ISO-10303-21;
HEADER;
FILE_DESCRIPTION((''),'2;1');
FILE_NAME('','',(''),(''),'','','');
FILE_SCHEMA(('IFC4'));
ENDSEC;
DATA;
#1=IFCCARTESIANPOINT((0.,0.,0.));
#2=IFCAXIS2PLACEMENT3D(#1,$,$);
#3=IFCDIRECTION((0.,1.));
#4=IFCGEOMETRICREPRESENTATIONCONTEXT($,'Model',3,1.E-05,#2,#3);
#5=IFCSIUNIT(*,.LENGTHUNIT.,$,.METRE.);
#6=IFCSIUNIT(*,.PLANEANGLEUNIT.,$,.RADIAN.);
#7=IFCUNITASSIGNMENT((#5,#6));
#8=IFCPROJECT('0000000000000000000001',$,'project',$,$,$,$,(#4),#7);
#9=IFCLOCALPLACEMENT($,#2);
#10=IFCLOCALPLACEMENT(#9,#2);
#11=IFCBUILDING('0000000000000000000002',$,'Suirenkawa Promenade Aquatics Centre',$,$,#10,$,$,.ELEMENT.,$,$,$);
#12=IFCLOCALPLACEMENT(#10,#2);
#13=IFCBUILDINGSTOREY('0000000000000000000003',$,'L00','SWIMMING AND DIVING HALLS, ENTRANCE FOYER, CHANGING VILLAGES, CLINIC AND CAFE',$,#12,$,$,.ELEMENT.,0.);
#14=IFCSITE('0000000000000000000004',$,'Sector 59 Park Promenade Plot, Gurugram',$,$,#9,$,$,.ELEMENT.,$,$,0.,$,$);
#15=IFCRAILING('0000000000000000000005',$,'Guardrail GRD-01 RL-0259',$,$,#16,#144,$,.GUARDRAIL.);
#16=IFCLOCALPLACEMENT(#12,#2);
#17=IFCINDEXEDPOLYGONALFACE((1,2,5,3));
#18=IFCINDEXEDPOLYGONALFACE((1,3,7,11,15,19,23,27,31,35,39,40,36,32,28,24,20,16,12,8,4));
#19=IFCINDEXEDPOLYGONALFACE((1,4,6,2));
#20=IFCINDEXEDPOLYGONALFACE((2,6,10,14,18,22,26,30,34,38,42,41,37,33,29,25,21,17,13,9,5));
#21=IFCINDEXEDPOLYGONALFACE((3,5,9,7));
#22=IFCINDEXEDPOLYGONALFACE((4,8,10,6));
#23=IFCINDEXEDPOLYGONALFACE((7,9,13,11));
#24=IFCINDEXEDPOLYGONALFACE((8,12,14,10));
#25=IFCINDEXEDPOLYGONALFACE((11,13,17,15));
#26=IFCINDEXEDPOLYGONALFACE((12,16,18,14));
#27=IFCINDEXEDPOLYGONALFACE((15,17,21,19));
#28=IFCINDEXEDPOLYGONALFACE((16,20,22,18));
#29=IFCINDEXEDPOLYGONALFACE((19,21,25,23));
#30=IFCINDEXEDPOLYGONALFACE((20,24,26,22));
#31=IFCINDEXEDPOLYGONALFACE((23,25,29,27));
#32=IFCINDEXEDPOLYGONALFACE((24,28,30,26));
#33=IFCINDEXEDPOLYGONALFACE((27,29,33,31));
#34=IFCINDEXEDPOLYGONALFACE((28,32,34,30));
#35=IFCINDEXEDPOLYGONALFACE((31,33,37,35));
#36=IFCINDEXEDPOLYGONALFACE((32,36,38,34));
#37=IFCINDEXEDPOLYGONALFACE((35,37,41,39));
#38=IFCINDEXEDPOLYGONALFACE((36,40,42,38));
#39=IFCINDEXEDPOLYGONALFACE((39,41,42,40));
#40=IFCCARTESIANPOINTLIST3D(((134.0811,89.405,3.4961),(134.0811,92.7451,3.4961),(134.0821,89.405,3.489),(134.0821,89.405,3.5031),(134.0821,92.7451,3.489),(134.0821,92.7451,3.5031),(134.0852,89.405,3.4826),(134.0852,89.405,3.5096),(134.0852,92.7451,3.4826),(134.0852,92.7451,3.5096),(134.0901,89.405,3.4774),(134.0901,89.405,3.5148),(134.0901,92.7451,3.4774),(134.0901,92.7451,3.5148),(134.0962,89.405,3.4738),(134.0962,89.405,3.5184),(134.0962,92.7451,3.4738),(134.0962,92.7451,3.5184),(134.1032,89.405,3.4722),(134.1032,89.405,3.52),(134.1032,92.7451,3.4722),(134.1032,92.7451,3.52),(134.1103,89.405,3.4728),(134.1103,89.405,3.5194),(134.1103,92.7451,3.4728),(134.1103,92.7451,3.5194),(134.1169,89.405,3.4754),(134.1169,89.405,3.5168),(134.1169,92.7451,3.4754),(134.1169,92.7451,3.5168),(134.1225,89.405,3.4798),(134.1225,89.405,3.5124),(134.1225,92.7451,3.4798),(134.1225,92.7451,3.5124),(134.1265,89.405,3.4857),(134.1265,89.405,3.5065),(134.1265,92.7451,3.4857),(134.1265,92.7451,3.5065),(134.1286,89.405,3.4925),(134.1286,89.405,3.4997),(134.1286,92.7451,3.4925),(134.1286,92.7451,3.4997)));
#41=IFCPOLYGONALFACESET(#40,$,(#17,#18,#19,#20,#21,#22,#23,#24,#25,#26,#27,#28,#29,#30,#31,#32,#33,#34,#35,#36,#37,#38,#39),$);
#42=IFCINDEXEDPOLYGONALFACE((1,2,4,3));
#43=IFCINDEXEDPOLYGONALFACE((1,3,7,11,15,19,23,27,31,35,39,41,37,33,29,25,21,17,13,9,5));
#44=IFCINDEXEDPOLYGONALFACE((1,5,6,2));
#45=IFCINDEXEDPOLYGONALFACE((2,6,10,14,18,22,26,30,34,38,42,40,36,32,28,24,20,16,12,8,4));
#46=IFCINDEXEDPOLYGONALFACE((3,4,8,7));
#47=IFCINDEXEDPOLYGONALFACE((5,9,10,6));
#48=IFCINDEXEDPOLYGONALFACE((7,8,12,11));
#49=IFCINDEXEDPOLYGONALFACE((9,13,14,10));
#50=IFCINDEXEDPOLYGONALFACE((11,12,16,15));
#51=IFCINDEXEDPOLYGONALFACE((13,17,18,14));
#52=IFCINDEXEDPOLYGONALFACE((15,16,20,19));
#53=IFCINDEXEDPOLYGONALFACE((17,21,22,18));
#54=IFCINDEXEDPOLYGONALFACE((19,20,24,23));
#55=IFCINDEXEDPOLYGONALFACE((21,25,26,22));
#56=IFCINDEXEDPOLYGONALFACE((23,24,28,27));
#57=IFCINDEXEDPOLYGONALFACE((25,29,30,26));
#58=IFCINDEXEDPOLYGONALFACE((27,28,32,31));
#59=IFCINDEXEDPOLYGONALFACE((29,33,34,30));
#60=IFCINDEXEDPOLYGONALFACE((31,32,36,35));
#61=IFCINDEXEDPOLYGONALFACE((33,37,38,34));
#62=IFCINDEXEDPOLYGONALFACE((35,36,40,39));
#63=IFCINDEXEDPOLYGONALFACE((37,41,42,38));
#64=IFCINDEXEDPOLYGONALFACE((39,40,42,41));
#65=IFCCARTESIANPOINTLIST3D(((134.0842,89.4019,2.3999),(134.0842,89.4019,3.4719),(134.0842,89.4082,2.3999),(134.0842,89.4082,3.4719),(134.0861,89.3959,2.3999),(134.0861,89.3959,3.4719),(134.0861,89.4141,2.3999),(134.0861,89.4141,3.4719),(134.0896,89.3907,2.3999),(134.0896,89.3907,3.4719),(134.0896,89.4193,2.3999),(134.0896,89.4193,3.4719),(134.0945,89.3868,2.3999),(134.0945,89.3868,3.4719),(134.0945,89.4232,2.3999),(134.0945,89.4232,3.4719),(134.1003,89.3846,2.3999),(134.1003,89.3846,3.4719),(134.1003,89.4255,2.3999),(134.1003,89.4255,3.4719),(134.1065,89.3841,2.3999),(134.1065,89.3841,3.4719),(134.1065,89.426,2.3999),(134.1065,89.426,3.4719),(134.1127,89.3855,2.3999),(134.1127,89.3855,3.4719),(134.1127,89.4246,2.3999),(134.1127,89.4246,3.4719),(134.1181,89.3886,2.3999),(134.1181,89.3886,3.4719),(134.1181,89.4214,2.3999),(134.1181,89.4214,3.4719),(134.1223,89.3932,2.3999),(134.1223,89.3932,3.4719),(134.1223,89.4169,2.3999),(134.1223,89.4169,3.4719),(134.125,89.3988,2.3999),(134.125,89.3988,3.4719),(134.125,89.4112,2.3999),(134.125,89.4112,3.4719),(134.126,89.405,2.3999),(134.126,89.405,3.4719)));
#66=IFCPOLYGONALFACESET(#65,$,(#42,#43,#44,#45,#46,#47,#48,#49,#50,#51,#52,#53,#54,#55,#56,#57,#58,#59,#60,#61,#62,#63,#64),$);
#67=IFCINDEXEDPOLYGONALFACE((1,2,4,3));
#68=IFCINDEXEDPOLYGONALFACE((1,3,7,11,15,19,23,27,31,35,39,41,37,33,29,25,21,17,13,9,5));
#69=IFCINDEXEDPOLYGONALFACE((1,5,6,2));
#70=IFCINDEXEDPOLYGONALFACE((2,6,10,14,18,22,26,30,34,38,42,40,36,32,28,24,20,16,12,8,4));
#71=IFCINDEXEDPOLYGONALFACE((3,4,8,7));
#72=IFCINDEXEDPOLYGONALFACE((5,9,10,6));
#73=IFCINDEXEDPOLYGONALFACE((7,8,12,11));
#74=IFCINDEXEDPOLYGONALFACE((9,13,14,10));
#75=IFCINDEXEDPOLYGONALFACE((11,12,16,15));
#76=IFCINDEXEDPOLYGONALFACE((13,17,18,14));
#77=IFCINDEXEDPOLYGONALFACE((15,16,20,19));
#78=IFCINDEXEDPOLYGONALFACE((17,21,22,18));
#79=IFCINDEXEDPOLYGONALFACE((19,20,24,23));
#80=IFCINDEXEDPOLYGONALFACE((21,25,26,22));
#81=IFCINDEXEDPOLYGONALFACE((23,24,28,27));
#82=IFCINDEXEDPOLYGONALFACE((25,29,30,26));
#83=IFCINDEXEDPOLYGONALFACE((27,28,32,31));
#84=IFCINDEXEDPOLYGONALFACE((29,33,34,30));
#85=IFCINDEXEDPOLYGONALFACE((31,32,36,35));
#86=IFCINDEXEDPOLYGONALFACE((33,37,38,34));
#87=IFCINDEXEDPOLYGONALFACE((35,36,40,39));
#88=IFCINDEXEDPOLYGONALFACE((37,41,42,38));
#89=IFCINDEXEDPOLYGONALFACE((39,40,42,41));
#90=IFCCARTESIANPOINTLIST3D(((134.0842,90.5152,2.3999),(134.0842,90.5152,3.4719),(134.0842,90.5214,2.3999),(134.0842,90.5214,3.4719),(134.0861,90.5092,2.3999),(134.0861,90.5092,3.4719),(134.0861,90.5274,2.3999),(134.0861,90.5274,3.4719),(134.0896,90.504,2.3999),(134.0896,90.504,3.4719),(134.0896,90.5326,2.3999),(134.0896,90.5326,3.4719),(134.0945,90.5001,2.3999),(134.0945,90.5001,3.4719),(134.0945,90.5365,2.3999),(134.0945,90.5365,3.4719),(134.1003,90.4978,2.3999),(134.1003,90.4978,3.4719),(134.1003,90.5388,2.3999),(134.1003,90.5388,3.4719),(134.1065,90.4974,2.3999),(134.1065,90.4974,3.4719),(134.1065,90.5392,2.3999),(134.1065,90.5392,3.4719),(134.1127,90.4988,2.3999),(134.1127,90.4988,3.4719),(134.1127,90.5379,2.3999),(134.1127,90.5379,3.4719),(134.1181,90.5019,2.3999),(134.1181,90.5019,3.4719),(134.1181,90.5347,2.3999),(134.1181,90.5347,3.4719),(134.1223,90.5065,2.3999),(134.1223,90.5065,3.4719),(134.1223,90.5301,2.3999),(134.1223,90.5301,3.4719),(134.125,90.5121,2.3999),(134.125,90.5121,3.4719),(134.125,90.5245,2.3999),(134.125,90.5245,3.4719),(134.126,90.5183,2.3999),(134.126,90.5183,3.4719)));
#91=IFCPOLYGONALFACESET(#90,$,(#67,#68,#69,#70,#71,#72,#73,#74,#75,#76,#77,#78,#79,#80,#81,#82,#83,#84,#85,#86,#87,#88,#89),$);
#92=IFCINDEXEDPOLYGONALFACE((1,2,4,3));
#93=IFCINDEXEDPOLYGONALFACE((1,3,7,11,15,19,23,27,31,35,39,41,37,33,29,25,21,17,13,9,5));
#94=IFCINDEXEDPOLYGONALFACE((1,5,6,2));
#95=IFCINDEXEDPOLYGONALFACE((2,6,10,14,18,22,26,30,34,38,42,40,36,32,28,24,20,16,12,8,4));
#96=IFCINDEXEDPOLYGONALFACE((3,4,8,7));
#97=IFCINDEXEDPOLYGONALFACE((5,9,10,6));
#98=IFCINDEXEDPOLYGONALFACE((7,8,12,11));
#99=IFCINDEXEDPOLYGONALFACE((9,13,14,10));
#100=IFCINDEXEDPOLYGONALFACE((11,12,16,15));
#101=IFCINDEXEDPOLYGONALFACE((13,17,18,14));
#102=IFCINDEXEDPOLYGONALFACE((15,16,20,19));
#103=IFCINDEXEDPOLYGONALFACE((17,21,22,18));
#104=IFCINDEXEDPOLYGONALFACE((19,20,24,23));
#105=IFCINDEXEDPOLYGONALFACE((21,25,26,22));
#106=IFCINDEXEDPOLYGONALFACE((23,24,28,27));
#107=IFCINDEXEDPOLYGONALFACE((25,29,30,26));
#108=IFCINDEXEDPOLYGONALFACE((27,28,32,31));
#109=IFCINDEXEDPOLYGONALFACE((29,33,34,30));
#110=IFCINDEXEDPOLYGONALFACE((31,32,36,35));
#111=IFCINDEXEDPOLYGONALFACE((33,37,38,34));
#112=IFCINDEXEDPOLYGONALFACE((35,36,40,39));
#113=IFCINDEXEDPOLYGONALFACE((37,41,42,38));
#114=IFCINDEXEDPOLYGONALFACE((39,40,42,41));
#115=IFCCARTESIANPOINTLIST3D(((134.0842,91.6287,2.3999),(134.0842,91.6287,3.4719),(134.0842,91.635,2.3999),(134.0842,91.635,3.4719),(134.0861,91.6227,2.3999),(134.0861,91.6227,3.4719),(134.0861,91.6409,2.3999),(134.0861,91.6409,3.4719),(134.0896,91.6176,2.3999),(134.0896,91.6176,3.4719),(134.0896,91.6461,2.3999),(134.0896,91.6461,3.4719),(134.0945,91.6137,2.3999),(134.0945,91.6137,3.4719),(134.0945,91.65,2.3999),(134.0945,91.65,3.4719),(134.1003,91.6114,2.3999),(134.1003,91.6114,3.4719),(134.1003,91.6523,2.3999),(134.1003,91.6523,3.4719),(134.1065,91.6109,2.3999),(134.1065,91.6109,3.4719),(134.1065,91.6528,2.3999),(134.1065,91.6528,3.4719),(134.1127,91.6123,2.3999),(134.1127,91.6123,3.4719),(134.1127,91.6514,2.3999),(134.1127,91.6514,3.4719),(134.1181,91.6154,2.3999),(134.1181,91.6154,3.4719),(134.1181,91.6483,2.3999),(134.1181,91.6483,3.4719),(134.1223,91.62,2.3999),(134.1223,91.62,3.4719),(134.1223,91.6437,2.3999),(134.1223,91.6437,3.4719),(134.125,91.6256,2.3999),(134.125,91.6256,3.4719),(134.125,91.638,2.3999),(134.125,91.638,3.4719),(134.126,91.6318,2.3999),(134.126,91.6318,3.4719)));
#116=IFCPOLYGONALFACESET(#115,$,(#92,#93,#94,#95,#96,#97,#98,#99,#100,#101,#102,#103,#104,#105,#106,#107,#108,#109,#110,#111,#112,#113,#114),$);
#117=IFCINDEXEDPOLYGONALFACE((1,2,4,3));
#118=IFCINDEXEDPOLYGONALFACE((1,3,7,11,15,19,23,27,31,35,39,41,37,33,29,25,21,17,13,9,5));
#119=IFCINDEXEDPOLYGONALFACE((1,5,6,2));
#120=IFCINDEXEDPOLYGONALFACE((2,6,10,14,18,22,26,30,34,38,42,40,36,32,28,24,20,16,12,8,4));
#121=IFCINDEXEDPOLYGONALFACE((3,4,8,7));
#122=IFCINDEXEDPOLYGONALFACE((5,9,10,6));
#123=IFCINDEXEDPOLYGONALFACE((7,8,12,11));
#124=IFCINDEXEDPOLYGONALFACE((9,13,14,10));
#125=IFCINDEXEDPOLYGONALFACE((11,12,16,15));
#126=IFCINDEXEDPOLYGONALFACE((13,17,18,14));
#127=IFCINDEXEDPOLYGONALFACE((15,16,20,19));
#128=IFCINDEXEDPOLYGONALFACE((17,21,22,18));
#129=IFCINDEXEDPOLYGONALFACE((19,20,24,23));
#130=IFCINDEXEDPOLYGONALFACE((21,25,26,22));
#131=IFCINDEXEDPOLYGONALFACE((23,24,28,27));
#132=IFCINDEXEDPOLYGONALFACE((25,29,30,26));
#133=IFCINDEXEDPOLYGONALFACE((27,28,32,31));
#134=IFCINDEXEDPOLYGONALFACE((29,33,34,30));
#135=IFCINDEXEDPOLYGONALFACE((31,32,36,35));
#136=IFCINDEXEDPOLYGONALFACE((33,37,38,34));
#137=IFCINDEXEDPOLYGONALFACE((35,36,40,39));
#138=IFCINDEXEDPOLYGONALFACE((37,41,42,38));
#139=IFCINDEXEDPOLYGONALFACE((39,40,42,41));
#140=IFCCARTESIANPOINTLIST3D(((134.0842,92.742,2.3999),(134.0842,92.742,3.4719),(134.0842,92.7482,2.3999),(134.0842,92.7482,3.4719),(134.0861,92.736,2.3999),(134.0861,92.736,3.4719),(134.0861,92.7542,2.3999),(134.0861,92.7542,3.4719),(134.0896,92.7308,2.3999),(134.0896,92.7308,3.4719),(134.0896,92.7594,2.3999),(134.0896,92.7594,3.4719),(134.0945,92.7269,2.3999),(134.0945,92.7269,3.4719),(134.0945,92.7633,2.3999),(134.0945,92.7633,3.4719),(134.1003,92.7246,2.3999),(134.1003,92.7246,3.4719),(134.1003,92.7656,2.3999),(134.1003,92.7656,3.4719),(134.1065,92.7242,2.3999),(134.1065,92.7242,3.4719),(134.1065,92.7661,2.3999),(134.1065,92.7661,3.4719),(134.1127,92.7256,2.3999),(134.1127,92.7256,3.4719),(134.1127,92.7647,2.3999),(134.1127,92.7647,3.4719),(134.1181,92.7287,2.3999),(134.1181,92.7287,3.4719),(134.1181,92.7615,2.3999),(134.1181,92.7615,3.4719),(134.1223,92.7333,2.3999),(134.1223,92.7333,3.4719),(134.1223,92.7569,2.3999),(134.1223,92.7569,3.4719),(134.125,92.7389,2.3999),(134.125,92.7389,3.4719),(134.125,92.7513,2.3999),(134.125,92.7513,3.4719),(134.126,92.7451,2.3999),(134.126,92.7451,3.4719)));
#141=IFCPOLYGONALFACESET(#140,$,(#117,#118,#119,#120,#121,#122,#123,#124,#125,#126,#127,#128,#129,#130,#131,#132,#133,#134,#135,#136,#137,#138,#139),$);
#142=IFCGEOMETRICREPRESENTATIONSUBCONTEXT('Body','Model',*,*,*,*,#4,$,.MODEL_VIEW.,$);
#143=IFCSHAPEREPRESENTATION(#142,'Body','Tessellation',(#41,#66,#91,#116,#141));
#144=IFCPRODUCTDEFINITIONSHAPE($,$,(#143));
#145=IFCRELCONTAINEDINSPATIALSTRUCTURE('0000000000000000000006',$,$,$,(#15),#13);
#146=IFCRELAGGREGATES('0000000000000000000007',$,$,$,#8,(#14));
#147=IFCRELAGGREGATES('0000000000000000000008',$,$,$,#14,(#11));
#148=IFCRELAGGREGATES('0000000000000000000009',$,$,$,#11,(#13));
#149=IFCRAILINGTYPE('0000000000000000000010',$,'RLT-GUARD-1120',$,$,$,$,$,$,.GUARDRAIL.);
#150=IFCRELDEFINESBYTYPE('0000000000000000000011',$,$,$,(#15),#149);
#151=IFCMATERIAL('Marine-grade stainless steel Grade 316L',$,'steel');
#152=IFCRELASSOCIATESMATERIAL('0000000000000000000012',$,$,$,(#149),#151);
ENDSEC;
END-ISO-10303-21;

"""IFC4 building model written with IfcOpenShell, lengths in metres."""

from ifc_helpers import new_model, si_unit, direction, frame, origin, origin_2d, place, context, subcontext, project, spatial, circle, extrude, material, type_object, element, save


model = new_model("IFC4")

# Units and contexts
model_context = context("Model", 3, precision=1e-05, world=origin(), true_north=direction((0.0, 1.0)))
body_context = subcontext(model_context, "Body", "Model", "MODEL_VIEW")
ifc_project = project(units=[si_unit("LENGTHUNIT", "METRE"), si_unit("PLANEANGLEUNIT", "RADIAN")], contexts=[model_context])

# Site, building, storey
site_placement = place(None, origin())
site = spatial("IfcSite", under=ifc_project, at=site_placement, Name="Sector 59 Park Promenade Plot, Gurugram", CompositionType="ELEMENT", RefElevation=0.0)
building_placement = place(site_placement, origin())
building = spatial("IfcBuilding", under=site, at=building_placement, Name="Suirenkawa Promenade Aquatics Centre", CompositionType="ELEMENT")
storey_placement = place(building_placement, origin())
storey = spatial("IfcBuildingStorey", under=building, at=storey_placement, Name="L00", Description="SWIMMING AND DIVING HALLS, ENTRANCE FOYER, CHANGING VILLAGES, CLINIC AND CAFE", CompositionType="ELEMENT", Elevation=0.0)

# Railing
ifc_material_1 = material(Name="Marine-grade stainless steel Grade 316L", Category="steel")
railing_type_1 = type_object("IfcRailingType", Name="RLT-GUARD-1120", PredefinedType="GUARDRAIL", material=ifc_material_1)
for number, where, name in (
    (1, (134.105, 89.405, 2.3999), "Guardrail GRD-01 RL-0259"),
):
    element("IfcRailing", number, at=place(storey_placement, frame(where)), inside=storey, type_object=railing_type_1, Name=name, PredefinedType="GUARDRAIL", context=body_context, shape_type="SweptSolid", body=[
        extrude(circle(Radius=0.0239, at=origin_2d()), frame((0.0, 0.0, 1.0962), z_axis=(0.0, 1.0, 0.0), x_axis=(-1.0, 0.0, 0.0)), (0.0, 0.0, 1.0), 3.3401),
        extrude(circle(Radius=0.021, at=origin_2d()), origin(), (0.0, 0.0, 1.0), 1.072),
        extrude(circle(Radius=0.021, at=origin_2d()), frame((0.0, 1.1133, 0.0)), (0.0, 0.0, 1.0), 1.072),
        extrude(circle(Radius=0.021, at=origin_2d()), frame((0.0, 2.2268, 0.0)), (0.0, 0.0, 1.0), 1.072),
        extrude(circle(Radius=0.021, at=origin_2d()), frame((0.0, 3.3401, 0.0)), (0.0, 0.0, 1.0), 1.072),
    ])

save(model, "model.ifc")
